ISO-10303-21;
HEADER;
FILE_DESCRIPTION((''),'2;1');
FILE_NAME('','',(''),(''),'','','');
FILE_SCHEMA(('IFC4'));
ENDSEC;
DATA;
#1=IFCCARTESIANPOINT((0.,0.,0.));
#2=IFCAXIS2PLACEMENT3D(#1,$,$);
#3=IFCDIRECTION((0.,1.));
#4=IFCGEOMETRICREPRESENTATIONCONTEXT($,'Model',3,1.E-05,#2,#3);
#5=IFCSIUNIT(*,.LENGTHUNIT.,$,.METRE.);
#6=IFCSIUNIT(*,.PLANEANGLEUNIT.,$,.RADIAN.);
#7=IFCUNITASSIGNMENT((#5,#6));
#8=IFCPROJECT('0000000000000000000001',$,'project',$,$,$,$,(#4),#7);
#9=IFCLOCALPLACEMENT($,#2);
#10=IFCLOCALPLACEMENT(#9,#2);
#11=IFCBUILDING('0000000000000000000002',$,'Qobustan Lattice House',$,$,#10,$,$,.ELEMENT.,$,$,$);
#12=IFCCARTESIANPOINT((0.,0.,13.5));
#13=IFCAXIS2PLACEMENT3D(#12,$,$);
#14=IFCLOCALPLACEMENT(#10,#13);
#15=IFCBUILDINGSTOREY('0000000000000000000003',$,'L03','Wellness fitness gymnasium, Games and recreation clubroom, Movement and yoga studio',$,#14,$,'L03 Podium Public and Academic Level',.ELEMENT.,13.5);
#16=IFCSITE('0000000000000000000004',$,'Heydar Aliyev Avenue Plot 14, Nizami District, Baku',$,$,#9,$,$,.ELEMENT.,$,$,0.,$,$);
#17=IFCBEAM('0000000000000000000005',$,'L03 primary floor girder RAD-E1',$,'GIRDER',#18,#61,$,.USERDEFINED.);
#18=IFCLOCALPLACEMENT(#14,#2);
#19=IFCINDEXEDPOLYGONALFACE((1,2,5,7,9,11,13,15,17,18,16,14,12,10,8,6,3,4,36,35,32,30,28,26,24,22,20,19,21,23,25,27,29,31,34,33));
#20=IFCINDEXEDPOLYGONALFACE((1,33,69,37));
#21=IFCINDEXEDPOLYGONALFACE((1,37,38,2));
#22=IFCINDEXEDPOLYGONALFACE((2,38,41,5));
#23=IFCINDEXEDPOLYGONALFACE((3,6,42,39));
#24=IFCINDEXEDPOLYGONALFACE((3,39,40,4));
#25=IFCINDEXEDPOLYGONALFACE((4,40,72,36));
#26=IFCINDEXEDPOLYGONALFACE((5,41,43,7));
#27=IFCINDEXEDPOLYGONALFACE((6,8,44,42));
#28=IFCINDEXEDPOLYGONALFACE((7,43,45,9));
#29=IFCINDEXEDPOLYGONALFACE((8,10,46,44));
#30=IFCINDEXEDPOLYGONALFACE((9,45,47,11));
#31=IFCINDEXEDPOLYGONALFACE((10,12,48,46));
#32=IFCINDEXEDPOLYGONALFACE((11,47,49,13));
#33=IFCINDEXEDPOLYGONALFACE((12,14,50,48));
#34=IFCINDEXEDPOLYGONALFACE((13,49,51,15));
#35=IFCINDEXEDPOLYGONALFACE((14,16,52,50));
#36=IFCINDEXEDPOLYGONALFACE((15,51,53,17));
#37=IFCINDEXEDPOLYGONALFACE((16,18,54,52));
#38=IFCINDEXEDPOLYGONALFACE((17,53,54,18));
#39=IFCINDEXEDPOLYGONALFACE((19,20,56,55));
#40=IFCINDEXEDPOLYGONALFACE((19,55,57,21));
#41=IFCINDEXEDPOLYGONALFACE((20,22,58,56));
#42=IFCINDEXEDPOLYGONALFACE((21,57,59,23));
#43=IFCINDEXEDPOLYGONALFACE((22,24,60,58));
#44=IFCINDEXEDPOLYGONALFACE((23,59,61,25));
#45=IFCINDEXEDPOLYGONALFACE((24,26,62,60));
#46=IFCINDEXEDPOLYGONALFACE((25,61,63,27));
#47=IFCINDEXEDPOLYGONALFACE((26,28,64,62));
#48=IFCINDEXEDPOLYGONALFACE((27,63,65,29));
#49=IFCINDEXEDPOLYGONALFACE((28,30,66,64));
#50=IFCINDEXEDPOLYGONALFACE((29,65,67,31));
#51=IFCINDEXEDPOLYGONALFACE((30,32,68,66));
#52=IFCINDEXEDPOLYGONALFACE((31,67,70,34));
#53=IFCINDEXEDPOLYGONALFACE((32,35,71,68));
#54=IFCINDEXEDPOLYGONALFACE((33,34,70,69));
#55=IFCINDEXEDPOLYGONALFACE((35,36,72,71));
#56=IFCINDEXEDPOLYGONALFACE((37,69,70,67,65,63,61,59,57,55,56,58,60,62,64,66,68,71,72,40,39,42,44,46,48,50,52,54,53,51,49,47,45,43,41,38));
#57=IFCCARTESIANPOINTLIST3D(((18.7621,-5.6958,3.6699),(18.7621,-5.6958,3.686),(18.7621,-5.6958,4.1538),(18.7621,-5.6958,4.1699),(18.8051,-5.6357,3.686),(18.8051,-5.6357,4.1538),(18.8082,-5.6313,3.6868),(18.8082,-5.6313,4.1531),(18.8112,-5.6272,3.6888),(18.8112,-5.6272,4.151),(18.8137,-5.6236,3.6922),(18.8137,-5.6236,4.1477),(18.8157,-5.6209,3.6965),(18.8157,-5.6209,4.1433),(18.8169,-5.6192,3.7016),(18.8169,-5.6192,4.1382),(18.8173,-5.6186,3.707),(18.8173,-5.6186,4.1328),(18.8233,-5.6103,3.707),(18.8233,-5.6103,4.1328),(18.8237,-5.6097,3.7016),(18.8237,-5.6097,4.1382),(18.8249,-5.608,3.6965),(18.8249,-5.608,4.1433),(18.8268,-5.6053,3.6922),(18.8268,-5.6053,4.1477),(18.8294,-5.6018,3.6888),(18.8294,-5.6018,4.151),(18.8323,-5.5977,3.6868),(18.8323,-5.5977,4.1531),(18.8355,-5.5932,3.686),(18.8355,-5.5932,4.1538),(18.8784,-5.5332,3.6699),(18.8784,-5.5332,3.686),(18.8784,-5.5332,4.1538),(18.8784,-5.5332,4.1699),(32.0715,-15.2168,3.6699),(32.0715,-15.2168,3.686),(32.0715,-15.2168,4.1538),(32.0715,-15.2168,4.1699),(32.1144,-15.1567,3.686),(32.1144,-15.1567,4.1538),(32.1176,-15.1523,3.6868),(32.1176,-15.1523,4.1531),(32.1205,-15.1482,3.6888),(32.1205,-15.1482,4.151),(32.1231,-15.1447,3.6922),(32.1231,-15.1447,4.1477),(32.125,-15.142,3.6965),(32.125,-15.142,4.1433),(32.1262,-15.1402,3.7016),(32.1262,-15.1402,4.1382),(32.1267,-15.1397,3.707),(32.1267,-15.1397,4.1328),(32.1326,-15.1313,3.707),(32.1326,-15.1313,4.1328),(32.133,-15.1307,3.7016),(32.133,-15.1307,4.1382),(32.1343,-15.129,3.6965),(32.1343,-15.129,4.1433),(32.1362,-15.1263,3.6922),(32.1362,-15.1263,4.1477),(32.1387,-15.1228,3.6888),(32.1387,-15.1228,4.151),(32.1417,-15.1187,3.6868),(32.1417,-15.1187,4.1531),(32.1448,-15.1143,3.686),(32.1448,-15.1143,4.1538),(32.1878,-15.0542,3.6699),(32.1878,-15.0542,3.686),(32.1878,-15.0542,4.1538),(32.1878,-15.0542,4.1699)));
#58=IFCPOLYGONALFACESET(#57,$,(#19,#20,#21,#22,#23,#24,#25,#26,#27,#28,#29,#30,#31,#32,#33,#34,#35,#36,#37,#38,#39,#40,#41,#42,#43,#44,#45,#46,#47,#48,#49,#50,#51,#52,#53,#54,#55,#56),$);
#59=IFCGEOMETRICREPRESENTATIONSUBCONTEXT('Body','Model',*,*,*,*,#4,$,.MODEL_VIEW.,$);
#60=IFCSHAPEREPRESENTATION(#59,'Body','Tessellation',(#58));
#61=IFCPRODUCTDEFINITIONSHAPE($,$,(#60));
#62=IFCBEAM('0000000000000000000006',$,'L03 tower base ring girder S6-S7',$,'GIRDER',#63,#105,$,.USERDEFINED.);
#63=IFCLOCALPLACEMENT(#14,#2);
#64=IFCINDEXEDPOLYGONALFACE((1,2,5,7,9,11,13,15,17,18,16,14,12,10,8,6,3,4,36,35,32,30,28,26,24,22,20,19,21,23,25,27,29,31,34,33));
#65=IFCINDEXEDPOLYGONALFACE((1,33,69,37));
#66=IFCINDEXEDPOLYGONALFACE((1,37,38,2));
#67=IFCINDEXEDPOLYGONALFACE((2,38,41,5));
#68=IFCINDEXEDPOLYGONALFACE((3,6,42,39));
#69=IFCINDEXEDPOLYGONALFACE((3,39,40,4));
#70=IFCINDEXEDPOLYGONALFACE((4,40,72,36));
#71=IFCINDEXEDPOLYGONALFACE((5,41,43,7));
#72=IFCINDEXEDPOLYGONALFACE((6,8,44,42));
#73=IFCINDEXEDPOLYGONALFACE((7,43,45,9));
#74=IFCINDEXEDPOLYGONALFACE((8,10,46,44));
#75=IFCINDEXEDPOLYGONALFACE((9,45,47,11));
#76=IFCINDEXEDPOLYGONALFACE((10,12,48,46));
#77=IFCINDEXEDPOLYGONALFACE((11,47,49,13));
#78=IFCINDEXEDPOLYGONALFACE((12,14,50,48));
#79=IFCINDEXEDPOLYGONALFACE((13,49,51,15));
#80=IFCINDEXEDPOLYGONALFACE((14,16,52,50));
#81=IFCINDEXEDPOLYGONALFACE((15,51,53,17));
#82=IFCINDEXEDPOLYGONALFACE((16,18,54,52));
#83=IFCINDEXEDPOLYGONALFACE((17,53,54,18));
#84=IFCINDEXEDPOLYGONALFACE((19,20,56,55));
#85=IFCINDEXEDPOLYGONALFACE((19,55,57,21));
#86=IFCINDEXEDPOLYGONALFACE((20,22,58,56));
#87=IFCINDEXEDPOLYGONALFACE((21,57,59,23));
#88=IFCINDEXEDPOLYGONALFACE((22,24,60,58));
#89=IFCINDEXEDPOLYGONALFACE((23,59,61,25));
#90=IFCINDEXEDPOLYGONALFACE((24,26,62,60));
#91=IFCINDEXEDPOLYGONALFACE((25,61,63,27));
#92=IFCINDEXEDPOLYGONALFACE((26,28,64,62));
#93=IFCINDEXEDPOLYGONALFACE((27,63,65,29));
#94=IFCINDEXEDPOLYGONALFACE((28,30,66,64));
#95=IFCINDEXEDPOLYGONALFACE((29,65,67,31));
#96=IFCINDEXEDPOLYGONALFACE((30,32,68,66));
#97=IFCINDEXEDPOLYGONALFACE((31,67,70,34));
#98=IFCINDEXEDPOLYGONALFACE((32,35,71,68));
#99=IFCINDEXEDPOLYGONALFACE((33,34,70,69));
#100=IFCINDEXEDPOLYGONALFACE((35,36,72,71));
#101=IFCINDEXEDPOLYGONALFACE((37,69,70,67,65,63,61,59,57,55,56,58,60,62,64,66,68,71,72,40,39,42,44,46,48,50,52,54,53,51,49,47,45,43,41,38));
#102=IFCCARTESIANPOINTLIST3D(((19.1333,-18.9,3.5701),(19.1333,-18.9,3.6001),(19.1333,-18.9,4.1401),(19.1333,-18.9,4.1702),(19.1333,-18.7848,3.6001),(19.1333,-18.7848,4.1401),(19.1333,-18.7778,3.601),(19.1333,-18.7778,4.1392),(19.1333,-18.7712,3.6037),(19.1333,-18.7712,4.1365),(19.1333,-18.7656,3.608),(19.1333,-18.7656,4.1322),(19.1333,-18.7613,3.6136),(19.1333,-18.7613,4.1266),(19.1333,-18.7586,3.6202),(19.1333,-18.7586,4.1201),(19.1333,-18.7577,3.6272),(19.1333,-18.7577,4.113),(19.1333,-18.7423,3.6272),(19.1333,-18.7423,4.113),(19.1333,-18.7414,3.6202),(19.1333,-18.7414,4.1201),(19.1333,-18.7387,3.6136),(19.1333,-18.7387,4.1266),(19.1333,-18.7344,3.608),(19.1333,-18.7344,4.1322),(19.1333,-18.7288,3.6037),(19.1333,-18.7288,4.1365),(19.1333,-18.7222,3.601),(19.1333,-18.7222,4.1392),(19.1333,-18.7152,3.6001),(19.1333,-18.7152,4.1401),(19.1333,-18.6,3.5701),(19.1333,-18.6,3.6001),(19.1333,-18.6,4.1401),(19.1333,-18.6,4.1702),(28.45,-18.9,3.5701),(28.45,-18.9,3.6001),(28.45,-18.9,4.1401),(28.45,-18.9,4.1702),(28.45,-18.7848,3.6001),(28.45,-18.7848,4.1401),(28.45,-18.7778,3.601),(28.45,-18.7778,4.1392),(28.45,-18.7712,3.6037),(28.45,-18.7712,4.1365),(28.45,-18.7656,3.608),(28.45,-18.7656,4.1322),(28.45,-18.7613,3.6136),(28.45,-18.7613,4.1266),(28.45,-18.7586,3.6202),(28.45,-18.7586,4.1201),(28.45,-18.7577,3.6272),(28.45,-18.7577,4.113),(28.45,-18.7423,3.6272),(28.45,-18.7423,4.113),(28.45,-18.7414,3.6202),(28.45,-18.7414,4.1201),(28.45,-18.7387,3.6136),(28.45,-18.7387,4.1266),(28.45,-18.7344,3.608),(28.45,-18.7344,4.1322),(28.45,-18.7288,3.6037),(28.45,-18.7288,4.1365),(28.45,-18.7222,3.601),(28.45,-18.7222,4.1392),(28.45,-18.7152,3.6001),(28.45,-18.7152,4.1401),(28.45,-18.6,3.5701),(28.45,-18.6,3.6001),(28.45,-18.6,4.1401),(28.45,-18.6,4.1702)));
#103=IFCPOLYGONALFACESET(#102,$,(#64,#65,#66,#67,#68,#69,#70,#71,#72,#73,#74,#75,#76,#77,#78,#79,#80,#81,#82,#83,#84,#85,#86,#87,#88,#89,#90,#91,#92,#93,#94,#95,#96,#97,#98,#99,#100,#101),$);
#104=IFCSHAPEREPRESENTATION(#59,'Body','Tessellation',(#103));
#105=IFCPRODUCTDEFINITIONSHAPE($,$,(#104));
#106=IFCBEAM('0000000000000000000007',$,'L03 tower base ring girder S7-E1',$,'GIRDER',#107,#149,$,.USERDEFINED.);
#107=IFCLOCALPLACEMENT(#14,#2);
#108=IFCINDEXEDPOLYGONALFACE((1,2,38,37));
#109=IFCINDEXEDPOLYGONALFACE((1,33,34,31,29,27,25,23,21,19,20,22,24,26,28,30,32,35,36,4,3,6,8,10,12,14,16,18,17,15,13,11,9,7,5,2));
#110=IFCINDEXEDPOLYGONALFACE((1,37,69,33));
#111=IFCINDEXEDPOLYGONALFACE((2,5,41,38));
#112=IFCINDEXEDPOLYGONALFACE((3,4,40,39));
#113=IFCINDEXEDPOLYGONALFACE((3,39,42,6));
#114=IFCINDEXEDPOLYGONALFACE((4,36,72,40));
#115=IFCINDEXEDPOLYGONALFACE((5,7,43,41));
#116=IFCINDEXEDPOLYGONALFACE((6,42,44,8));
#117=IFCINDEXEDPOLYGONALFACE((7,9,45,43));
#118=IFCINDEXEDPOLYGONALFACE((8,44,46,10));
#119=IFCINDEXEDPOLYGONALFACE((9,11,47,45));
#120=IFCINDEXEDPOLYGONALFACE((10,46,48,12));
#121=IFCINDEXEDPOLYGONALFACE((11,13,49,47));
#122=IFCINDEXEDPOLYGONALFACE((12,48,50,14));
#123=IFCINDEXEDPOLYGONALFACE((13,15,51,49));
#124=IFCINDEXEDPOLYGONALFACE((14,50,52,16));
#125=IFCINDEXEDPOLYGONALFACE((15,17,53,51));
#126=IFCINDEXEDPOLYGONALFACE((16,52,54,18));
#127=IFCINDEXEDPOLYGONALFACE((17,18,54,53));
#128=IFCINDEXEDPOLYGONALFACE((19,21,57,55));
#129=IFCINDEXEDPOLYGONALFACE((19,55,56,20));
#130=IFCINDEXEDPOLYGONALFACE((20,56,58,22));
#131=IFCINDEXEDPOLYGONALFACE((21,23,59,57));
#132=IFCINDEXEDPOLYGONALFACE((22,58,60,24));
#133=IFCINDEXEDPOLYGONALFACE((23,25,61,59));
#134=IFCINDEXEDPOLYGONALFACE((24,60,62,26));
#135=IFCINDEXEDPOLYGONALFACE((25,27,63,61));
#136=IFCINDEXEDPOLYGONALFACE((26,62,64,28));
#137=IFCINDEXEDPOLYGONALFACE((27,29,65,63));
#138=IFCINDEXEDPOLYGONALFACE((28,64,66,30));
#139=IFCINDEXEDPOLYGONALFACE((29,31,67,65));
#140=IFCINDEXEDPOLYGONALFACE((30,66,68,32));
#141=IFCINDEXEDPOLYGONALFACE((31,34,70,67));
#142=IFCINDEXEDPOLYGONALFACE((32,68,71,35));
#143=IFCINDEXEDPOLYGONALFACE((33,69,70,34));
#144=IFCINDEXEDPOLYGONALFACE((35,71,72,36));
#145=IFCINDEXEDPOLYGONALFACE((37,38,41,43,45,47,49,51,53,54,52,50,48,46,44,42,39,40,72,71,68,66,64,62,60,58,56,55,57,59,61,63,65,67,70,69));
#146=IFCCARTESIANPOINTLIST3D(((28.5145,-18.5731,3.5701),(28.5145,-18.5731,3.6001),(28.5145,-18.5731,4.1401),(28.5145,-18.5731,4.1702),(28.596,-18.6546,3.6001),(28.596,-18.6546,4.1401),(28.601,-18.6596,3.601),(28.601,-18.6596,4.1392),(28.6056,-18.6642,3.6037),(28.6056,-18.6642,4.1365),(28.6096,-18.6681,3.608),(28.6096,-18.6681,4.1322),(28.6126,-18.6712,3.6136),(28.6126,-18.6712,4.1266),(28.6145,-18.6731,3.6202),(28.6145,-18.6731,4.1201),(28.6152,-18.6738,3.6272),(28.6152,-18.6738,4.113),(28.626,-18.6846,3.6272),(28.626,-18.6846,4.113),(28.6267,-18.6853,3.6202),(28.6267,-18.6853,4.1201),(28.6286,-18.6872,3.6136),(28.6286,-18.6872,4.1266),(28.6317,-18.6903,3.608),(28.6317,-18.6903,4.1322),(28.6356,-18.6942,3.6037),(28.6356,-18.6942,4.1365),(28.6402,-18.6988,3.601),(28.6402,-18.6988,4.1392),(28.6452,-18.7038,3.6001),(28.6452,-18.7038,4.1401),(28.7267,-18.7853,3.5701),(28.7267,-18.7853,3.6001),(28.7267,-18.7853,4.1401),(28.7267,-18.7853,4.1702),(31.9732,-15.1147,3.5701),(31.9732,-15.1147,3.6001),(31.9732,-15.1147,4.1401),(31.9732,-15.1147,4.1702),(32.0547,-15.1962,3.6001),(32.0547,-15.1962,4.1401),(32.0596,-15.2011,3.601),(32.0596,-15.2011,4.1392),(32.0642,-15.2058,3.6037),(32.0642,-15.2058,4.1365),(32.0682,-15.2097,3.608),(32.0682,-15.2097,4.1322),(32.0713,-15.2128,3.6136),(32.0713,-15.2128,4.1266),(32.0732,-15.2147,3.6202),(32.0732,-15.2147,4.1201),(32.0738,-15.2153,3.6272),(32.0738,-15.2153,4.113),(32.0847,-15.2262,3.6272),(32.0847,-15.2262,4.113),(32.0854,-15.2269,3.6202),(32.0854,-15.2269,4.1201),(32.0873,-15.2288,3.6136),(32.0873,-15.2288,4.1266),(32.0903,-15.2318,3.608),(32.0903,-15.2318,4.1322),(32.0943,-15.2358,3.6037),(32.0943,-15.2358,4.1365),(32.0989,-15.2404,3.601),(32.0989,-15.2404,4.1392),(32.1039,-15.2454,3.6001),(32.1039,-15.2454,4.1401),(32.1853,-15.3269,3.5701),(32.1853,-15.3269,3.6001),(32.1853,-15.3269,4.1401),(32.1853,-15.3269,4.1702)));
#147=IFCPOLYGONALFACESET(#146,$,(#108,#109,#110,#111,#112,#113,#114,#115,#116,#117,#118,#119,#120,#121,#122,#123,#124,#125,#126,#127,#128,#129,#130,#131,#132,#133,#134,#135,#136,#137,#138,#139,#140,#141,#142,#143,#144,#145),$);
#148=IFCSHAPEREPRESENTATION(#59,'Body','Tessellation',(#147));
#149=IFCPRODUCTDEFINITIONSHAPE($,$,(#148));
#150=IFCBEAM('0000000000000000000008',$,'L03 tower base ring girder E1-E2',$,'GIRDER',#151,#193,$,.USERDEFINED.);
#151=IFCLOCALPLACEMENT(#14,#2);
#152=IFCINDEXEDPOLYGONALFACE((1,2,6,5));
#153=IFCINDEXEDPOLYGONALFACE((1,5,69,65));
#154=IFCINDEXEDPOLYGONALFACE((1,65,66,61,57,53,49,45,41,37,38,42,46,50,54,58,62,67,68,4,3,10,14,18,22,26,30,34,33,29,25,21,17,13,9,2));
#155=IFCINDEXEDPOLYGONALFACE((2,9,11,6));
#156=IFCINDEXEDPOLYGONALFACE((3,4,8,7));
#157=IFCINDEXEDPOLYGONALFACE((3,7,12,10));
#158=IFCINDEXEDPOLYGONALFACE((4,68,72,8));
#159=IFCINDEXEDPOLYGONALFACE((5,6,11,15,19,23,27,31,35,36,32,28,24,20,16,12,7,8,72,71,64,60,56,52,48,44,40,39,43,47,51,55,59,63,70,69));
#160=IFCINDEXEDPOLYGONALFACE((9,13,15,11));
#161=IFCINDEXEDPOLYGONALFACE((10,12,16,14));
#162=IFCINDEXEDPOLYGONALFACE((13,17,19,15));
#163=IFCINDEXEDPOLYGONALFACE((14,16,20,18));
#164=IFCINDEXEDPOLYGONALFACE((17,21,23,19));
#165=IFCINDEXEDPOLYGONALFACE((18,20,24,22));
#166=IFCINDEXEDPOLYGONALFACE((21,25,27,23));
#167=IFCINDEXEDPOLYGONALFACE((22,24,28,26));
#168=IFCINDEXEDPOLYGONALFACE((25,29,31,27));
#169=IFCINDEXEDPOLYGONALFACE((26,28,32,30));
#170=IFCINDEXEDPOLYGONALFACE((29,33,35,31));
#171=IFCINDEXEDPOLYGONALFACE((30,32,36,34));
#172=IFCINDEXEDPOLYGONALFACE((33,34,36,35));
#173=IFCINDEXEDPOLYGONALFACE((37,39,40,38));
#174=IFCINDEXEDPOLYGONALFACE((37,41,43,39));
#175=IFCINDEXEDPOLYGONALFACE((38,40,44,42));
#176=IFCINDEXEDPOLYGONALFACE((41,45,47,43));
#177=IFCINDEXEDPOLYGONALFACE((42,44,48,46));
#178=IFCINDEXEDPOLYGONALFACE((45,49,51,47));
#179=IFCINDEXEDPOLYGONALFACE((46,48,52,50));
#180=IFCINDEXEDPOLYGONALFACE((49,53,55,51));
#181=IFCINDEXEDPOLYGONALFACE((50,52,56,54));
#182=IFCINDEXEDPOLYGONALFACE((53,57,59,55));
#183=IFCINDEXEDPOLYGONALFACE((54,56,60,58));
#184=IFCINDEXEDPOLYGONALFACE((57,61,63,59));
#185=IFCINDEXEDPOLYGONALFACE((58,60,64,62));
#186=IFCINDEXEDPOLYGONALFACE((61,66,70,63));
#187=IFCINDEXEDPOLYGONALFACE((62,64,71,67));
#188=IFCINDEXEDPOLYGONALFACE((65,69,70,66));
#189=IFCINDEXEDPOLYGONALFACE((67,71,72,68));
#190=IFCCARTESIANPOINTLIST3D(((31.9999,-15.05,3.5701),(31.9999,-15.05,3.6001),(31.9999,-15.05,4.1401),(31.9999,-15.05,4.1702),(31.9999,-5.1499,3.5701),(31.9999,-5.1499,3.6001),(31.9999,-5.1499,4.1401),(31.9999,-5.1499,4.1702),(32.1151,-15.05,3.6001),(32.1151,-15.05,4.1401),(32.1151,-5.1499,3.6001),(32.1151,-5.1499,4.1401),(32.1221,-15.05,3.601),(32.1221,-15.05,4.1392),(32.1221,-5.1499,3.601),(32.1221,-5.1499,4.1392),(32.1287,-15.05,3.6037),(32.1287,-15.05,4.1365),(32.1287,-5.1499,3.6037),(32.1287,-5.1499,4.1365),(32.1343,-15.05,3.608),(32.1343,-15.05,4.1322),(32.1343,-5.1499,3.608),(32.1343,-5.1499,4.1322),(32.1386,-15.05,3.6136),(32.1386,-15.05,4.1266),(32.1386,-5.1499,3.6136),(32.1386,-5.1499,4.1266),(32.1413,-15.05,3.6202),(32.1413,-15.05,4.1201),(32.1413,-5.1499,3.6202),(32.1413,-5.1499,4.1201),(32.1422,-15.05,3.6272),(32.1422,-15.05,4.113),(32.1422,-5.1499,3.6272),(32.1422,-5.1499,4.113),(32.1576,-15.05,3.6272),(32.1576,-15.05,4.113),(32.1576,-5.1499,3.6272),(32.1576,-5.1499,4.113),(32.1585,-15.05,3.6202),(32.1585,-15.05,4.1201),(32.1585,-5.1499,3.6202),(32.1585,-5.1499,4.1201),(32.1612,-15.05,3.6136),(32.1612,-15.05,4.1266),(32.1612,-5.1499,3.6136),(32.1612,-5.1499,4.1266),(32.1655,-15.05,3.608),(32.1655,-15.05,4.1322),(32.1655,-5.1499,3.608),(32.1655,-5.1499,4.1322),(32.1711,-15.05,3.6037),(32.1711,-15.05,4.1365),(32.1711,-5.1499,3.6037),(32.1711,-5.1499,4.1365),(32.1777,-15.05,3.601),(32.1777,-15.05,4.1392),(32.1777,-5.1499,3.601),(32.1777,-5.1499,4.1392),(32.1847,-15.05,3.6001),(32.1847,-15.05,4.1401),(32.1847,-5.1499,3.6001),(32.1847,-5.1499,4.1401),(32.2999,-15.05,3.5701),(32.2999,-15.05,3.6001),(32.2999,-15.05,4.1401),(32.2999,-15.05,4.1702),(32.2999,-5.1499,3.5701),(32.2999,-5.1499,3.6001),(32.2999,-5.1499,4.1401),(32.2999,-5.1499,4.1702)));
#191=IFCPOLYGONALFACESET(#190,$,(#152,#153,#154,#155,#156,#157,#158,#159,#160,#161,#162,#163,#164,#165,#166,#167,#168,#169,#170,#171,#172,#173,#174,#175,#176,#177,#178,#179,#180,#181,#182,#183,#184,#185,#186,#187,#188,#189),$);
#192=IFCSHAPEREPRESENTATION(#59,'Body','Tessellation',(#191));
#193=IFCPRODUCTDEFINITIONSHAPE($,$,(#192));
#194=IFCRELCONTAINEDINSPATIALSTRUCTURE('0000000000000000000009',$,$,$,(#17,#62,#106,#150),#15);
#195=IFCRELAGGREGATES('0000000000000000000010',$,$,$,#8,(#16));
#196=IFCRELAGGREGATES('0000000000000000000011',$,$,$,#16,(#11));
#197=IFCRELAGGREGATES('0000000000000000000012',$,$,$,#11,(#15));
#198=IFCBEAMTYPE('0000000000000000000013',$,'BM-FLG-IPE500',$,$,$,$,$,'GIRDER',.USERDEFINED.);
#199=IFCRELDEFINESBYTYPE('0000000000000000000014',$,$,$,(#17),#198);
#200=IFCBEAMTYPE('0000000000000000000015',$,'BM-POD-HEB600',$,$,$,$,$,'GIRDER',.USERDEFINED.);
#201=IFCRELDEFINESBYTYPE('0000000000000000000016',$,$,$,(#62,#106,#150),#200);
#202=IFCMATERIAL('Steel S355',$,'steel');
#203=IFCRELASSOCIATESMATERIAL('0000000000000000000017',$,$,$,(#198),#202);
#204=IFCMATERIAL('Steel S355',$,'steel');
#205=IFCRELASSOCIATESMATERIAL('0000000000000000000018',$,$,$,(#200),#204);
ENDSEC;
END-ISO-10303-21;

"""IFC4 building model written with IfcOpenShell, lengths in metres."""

from ifc_helpers import new_model, si_unit, direction, frame, origin, origin_2d, place, context, subcontext, project, spatial, i_section, extrude, material, material_profile, profile_set, type_object, element, save


model = new_model("IFC4")

# Units and contexts
model_context = context("Model", 3, precision=1e-05, world=origin(), true_north=direction((0.0, 1.0)))
body_context = subcontext(model_context, "Body", "Model", "MODEL_VIEW")
ifc_project = project(units=[si_unit("LENGTHUNIT", "METRE"), si_unit("PLANEANGLEUNIT", "RADIAN")], contexts=[model_context])

# Site, building, storey
site_placement = place(None, origin())
site = spatial("IfcSite", under=ifc_project, at=site_placement, Name="Heydar Aliyev Avenue Plot 14, Nizami District, Baku", CompositionType="ELEMENT", RefElevation=0.0)
building_placement = place(site_placement, origin())
building = spatial("IfcBuilding", under=site, at=building_placement, Name="Qobustan Lattice House", CompositionType="ELEMENT")
storey_placement = place(building_placement, frame((0.0, 0.0, 13.5)))
storey = spatial("IfcBuildingStorey", under=building, at=storey_placement, Name="L03", Description="Wellness fitness gymnasium, Games and recreation clubroom, Movement and yoga studio", LongName="L03 Podium Public and Academic Level", CompositionType="ELEMENT", Elevation=13.5)

# Beams
ifc_material_1 = material(Name="Steel S355", Category="steel")
ifc_material_profile_1 = material_profile(ifc_material_1, i_section(OverallWidth=0.2, OverallDepth=0.5, WebThickness=0.0103, FlangeThickness=0.0161, FilletRadius=0.021, at=origin_2d()), Name="IPE500")
ifc_profile_set_1 = profile_set([ifc_material_profile_1], Name="Steel S355")
beam_type_1 = type_object("IfcBeamType", Name="BM-FLG-IPE500", ElementType="GIRDER", PredefinedType="USERDEFINED", material=ifc_profile_set_1)
beam_1_placement = place(storey_placement, frame((32.1296, -15.1355, 3.9199), z_axis=(-0.813319, 0.581818, 0.0), x_axis=(-0.581818, -0.813319, 0.0)))
element("IfcBeam", 1, at=beam_1_placement, inside=storey, type_object=beam_type_1, Name="L03 primary floor girder RAD-E1", ObjectType="GIRDER", PredefinedType="USERDEFINED", context=body_context, shape_type="SweptSolid", body=[
    extrude(i_section(OverallWidth=0.2, OverallDepth=0.5, WebThickness=0.0103, FlangeThickness=0.0161, FilletRadius=0.021, at=origin_2d()), origin(), (0.0, 0.0, 1.0), 16.3643),
])
ifc_material_2 = material(Name="Steel S355", Category="steel")
ifc_material_profile_2 = material_profile(ifc_material_2, i_section(OverallWidth=0.3, OverallDepth=0.6001, WebThickness=0.0154, FlangeThickness=0.03, FilletRadius=0.0271, at=origin_2d()), Name="HEB600")
ifc_profile_set_2 = profile_set([ifc_material_profile_2], Name="Steel S355")
beam_type_2 = type_object("IfcBeamType", Name="BM-POD-HEB600", ElementType="GIRDER", PredefinedType="USERDEFINED", material=ifc_profile_set_2)
beam_2_placement = place(storey_placement, frame((19.1333, -18.75, 3.8701), z_axis=(1.0, 0.0, 0.0), x_axis=(0.0, 1.0, 0.0)))
element("IfcBeam", 2, at=beam_2_placement, inside=storey, type_object=beam_type_2, Name="L03 tower base ring girder S6-S7", ObjectType="GIRDER", PredefinedType="USERDEFINED", context=body_context, shape_type="SweptSolid", body=[
    extrude(i_section(OverallWidth=0.3, OverallDepth=0.6001, WebThickness=0.0154, FlangeThickness=0.03, FilletRadius=0.0271, at=origin_2d()), origin(), (0.0, 0.0, 1.0), 9.3167),
])
beam_3_placement = place(storey_placement, frame((28.6206, -18.6792, 3.8701), z_axis=(0.707132, 0.707082, 0.0), x_axis=(-0.707082, 0.707132, 0.0)))
element("IfcBeam", 3, at=beam_3_placement, inside=storey, type_object=beam_type_2, Name="L03 tower base ring girder S7-E1", ObjectType="GIRDER", PredefinedType="USERDEFINED", context=body_context, shape_type="SweptSolid", body=[
    extrude(i_section(OverallWidth=0.3, OverallDepth=0.6001, WebThickness=0.0154, FlangeThickness=0.03, FilletRadius=0.0271, at=origin_2d()), origin(), (0.0, 0.0, 1.0), 4.8911),
])
beam_4_placement = place(storey_placement, frame((32.1499, -15.05, 3.8701), z_axis=(0.0, 1.0, 0.0), x_axis=(-1.0, 0.0, 0.0)))
element("IfcBeam", 4, at=beam_4_placement, inside=storey, type_object=beam_type_2, Name="L03 tower base ring girder E1-E2", ObjectType="GIRDER", PredefinedType="USERDEFINED", context=body_context, shape_type="SweptSolid", body=[
    extrude(i_section(OverallWidth=0.3, OverallDepth=0.6001, WebThickness=0.0154, FlangeThickness=0.03, FilletRadius=0.0271, at=origin_2d()), origin(), (0.0, 0.0, 1.0), 9.9001),
])

save(model, "model.ifc")
